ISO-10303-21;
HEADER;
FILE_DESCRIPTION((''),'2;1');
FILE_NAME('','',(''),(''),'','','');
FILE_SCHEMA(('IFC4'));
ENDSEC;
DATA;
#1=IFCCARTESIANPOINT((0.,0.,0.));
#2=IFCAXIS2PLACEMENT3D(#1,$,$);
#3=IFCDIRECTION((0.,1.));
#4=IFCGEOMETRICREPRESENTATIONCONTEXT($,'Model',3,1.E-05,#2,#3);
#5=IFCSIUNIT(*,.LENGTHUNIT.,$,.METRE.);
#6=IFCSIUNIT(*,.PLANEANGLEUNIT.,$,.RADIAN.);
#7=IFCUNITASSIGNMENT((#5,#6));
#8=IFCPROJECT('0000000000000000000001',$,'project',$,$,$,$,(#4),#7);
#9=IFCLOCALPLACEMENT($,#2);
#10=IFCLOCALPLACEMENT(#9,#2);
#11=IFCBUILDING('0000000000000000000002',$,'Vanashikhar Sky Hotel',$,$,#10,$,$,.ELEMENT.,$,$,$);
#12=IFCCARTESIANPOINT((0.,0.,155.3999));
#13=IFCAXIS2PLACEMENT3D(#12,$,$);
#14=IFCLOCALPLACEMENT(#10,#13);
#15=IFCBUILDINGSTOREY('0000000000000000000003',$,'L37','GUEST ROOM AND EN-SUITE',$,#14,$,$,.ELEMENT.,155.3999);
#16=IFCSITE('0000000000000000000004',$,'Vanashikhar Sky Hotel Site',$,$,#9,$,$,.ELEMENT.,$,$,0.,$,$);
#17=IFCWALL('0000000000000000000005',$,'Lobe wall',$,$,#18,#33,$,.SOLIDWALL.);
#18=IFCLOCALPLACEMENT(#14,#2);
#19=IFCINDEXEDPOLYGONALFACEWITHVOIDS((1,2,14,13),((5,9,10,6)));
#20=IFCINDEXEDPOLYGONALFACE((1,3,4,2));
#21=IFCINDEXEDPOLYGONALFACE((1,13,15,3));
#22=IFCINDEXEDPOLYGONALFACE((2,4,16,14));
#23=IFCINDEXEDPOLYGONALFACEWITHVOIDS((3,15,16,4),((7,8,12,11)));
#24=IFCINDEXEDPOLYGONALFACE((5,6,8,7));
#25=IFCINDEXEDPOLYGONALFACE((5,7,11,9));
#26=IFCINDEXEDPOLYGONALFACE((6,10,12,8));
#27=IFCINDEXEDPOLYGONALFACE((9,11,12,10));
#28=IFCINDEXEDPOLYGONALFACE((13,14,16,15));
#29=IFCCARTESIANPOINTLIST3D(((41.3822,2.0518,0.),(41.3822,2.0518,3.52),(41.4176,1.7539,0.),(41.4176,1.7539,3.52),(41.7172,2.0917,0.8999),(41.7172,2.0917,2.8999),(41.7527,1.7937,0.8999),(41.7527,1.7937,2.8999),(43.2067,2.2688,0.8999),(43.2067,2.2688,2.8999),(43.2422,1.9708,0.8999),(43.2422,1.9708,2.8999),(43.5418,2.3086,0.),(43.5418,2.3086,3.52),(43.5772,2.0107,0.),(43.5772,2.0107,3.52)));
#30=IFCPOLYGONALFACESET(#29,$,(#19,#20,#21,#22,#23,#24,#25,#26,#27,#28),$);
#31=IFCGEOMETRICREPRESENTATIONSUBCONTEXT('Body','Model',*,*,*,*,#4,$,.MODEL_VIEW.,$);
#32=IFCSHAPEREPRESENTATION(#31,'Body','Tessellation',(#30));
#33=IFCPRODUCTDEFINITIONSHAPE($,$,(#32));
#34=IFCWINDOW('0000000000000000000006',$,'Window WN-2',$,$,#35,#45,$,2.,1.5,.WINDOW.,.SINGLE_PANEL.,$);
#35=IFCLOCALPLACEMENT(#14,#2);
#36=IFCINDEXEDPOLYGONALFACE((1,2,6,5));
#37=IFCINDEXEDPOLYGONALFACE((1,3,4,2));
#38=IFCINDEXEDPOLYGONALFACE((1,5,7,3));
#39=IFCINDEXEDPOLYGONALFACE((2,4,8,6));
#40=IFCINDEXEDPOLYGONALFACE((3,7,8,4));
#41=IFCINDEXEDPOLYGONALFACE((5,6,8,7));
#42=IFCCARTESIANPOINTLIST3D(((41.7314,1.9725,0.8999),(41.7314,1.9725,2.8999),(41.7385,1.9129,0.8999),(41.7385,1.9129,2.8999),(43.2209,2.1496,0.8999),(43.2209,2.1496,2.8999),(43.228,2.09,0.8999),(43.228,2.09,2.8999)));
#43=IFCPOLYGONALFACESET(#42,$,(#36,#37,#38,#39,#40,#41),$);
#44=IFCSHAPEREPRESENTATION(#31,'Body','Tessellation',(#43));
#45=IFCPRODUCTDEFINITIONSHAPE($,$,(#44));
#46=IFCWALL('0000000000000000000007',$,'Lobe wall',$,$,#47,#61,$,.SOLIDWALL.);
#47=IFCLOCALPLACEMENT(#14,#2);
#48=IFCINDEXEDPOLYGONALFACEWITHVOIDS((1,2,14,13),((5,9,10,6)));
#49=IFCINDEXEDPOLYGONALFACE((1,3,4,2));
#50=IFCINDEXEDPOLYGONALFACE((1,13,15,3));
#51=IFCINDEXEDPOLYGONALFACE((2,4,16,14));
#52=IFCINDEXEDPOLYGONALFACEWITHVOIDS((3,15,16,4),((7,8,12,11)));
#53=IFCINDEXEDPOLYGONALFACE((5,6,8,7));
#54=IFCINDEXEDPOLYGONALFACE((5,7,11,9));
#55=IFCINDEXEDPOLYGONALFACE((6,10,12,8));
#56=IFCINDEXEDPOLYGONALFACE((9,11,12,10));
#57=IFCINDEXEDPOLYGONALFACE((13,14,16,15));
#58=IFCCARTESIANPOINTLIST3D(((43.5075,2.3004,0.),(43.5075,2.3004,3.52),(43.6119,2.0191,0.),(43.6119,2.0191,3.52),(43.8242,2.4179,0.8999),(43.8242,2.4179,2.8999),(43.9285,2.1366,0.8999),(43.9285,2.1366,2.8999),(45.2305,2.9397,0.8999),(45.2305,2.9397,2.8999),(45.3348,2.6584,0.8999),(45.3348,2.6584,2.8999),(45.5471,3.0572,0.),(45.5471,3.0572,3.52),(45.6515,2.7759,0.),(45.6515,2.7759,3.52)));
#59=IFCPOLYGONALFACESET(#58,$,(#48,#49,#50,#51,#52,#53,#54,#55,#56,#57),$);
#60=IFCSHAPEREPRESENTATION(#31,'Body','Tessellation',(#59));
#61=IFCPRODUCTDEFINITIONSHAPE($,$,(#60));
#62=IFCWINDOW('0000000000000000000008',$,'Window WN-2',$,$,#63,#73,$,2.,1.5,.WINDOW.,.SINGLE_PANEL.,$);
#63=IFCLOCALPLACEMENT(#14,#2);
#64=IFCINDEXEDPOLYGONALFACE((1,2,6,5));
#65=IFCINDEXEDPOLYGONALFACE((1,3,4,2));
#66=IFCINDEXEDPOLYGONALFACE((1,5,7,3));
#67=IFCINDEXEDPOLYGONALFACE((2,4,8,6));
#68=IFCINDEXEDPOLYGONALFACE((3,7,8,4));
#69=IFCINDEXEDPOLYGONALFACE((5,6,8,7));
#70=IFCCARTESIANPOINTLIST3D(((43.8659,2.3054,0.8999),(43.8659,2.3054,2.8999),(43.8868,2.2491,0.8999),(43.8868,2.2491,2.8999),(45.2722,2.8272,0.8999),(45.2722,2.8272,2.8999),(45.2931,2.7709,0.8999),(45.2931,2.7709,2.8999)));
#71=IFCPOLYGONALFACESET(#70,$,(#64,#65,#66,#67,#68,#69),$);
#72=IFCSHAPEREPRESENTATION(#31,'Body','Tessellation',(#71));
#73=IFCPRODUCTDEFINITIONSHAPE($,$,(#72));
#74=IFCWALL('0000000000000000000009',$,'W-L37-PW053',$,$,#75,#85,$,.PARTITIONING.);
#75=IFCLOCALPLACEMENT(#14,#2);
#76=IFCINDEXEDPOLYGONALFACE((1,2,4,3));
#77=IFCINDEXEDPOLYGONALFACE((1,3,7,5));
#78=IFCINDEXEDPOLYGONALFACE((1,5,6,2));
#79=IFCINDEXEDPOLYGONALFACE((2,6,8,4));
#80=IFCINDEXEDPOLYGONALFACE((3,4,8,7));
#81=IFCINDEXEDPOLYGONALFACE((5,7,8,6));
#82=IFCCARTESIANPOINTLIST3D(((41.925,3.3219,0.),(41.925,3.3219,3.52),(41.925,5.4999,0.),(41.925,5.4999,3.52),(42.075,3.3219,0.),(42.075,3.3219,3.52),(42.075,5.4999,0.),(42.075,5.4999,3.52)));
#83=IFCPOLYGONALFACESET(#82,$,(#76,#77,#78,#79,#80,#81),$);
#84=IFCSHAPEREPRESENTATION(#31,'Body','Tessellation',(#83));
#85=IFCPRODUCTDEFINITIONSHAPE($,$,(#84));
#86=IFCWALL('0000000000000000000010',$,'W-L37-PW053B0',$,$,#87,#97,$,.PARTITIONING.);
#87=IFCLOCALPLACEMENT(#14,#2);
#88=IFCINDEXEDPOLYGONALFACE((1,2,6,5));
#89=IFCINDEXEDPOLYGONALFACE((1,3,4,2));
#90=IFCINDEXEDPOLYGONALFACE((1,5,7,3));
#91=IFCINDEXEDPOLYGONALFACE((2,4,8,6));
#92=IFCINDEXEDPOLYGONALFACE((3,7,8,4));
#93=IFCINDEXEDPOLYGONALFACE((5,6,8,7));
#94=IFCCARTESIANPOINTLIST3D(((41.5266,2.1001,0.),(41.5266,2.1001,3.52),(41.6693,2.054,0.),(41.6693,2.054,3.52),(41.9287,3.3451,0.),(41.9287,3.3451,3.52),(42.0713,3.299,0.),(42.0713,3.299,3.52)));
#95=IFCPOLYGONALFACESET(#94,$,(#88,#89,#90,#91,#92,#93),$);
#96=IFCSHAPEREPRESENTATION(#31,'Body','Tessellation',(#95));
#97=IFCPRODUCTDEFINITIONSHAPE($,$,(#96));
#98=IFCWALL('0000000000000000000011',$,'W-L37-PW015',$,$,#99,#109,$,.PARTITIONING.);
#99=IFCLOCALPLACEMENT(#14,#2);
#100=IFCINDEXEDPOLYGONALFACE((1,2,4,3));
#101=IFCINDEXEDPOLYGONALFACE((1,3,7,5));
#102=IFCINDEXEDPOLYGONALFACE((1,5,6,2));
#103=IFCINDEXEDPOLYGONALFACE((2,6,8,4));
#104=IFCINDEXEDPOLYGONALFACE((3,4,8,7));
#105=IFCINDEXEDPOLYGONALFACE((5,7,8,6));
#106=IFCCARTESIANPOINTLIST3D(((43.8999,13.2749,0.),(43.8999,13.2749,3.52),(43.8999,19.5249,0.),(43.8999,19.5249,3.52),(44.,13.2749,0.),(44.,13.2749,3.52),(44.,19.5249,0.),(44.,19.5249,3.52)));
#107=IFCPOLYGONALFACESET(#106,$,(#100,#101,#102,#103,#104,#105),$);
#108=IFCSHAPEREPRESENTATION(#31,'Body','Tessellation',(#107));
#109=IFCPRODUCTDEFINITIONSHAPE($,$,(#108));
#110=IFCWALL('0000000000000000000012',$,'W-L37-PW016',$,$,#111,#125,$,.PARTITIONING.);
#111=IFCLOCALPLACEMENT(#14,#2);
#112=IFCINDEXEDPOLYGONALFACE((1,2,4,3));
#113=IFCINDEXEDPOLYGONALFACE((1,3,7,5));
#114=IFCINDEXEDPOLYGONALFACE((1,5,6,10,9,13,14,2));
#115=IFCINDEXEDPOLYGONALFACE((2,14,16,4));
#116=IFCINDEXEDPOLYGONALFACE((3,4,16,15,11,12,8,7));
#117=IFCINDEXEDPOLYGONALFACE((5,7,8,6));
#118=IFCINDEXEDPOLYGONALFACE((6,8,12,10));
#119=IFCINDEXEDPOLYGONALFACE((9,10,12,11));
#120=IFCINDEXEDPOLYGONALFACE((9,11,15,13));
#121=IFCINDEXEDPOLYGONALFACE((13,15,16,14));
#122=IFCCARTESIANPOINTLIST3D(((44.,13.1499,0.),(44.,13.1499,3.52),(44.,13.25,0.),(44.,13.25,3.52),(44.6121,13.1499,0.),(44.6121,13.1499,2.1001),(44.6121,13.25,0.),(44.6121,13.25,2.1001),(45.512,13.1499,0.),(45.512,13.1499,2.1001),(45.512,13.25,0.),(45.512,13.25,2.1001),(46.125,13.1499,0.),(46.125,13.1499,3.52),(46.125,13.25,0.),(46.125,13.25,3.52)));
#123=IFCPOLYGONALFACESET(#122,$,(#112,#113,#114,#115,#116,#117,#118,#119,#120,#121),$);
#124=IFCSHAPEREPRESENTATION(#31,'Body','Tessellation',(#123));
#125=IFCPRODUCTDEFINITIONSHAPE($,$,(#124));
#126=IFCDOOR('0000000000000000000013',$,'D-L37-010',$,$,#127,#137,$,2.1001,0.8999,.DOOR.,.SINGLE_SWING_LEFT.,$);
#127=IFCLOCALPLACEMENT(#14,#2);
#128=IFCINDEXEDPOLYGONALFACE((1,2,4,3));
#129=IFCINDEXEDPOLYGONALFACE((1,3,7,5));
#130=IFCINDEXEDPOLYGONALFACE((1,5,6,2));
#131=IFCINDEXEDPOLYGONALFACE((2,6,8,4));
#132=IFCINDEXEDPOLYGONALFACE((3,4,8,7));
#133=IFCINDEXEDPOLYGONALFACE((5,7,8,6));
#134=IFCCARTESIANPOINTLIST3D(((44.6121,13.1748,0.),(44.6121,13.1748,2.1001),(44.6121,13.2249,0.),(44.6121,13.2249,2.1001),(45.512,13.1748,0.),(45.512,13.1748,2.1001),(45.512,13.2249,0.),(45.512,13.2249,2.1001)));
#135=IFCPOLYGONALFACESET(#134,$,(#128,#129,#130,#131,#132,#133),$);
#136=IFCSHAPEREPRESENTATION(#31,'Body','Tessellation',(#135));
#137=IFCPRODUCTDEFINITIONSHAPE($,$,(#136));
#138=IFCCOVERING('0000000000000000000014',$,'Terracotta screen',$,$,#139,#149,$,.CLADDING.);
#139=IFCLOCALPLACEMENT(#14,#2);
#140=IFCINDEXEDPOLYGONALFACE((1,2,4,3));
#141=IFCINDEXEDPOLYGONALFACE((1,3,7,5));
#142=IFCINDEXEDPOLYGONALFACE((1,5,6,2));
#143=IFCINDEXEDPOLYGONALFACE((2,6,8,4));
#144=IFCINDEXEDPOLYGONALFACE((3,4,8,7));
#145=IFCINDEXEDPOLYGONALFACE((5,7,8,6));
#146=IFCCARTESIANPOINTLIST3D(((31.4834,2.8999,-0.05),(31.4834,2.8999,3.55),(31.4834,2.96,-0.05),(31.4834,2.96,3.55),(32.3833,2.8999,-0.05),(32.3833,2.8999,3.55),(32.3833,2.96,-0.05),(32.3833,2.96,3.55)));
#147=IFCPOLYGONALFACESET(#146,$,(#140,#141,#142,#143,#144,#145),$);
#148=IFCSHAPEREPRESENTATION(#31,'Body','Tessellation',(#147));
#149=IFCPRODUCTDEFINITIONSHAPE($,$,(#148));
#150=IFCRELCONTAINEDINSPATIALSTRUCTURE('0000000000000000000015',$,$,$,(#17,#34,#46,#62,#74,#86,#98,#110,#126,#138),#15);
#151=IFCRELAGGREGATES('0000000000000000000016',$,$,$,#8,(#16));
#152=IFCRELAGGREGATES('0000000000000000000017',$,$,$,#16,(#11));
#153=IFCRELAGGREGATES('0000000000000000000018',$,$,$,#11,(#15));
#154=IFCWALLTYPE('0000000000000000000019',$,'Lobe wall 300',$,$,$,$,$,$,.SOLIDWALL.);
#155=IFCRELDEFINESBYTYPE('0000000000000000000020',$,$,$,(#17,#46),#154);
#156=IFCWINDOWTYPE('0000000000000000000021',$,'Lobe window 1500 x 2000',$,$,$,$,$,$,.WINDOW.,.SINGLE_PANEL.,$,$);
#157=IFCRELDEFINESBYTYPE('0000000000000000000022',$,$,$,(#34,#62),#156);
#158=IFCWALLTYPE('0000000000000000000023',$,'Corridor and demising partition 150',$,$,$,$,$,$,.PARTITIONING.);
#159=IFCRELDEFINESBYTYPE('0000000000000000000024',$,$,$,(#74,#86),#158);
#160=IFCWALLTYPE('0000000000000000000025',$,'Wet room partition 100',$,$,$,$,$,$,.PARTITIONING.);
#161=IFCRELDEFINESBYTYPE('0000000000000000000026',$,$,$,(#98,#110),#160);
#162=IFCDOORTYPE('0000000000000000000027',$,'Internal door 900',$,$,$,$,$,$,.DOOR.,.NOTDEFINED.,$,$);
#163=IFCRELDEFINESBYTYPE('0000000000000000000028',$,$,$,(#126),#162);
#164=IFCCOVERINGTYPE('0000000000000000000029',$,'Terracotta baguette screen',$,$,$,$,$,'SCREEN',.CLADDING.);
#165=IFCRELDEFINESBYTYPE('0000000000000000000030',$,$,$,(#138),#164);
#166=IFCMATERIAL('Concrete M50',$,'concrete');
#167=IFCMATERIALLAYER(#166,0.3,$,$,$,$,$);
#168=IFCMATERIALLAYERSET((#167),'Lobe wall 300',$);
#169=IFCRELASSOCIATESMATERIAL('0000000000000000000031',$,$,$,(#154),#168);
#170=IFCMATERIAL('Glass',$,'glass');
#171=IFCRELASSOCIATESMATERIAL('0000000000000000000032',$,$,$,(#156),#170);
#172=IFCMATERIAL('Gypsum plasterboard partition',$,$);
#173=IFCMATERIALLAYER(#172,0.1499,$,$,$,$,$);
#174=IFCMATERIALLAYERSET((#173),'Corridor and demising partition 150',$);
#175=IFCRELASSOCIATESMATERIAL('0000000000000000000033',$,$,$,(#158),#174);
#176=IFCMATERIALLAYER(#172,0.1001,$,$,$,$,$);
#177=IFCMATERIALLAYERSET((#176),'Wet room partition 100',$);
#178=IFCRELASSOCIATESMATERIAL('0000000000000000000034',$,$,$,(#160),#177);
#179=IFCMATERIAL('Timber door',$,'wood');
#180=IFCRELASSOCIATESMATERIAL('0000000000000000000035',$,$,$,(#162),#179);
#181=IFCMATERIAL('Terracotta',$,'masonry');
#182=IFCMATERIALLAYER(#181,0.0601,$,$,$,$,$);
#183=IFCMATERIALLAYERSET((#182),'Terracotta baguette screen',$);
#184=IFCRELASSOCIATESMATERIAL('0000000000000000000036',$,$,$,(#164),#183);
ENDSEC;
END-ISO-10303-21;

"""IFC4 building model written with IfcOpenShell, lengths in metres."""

from ifc_helpers import new_model, si_unit, direction, frame, frame_2d, origin, origin_2d, place, context, subcontext, project, spatial, rectangle, extrude, source, transform, mapped, material, layer, layer_set, type_object, element, fill, save


model = new_model("IFC4")

# Units and contexts
model_context = context("Model", 3, precision=1e-05, world=origin(), true_north=direction((0.0, 1.0)))
body_context = subcontext(model_context, "Body", "Model", "MODEL_VIEW")
ifc_project = project(units=[si_unit("LENGTHUNIT", "METRE"), si_unit("PLANEANGLEUNIT", "RADIAN")], contexts=[model_context])

# Site, building, storey
site_placement = place(None, origin())
site = spatial("IfcSite", under=ifc_project, at=site_placement, Name="Vanashikhar Sky Hotel Site", CompositionType="ELEMENT", RefElevation=0.0)
building_placement = place(site_placement, origin())
building = spatial("IfcBuilding", under=site, at=building_placement, Name="Vanashikhar Sky Hotel", CompositionType="ELEMENT")
storey_placement = place(building_placement, frame((0.0, 0.0, 155.3999)))
storey = spatial("IfcBuildingStorey", under=building, at=storey_placement, Name="L37", Description="GUEST ROOM AND EN-SUITE", CompositionType="ELEMENT", Elevation=155.3999)

# Shared definitions
ifc_material_1 = material(Name="Concrete M50", Category="concrete")

# Walls, openings, windows
ifc_layer_1 = layer(ifc_material_1, 0.3)
ifc_layer_set_1 = layer_set([ifc_layer_1], Name="Lobe wall 300")
wall_type_1 = type_object("IfcWallType", Name="Lobe wall 300", PredefinedType="SOLIDWALL", material=ifc_layer_set_1)
shared_shape_1 = source(origin(), body_context, "Body", "SweptSolid", [
    extrude(rectangle(XDim=1.5, YDim=2.0, at=frame_2d((0.75, 1.0))), frame((0.0, 0.1602, 0.0), z_axis=(0.0, -1.0, 0.0), x_axis=(1.0, 0.0, 0.0)), (0.0, 0.0, 1.0), 0.3201),
])
ifc_material_2 = material(Name="Glass", Category="glass")
window_type = type_object("IfcWindowType", Name="Lobe window 1500 x 2000", PartitioningType="SINGLE_PANEL", PredefinedType="WINDOW", material=ifc_material_2)
shared_shape_2 = source(origin(), body_context, "Body", "SweptSolid", [
    extrude(rectangle(XDim=1.5, YDim=2.0, at=frame_2d((0.75, 1.0))), frame((0.0, 0.03, 0.0), z_axis=(0.0, -1.0, 0.0), x_axis=(1.0, 0.0, 0.0)), (0.0, 0.0, 1.0), 0.0601),
])
shared_shape_3 = source(origin(), body_context, "Body", "SweptSolid", [
    extrude(rectangle(XDim=2.1748, YDim=0.3, at=frame_2d((1.0874, 0.0))), origin(), (0.0, 0.0, 1.0), 3.52),
])
wall_1_placement = place(storey_placement, frame((41.3999, 1.9028, 0.0), z_axis=(0.0, 0.0, 1.0), x_axis=(0.993003, 0.118092, 0.0)))
wall_1 = element("IfcWall", 1, at=wall_1_placement, inside=storey, type_object=wall_type_1, Name="Lobe wall", PredefinedType="SOLIDWALL", context=body_context, shape_type="MappedRepresentation", body=[
    mapped(shared_shape_3, transform((0.0, 0.0, 0.0), scale=1.0)),
])
opening_1_placement = place(wall_1_placement, frame((0.3374, 0.0, 0.8999)))
opening_1 = element("IfcOpeningElement", 2, at=opening_1_placement, cuts=wall_1, PredefinedType="OPENING", context=body_context, shape_type="MappedRepresentation", body=[
    mapped(shared_shape_1, transform((0.0, 0.0, 0.0), scale=1.0)),
])
window_1_placement = place(opening_1_placement, origin())
window_1 = element("IfcWindow", 3, at=window_1_placement, inside=storey, type_object=window_type, Name="Window WN-2", OverallHeight=2.0, OverallWidth=1.5, PartitioningType="SINGLE_PANEL", PredefinedType="WINDOW", context=body_context, shape_type="MappedRepresentation", body=[
    mapped(shared_shape_2, transform((0.0, 0.0, 0.0), scale=1.0)),
])
fill(opening_1, window_1)
shared_shape_4 = source(origin(), body_context, "Body", "SweptSolid", [
    extrude(rectangle(XDim=2.1755, YDim=0.3, at=frame_2d((1.0879, 0.0))), origin(), (0.0, 0.0, 1.0), 3.52),
])
wall_2_placement = place(storey_placement, frame((43.5596, 2.1597, 0.0), z_axis=(0.0, 0.0, 1.0), x_axis=(0.937532, 0.347899, 0.0)))
wall_2 = element("IfcWall", 4, at=wall_2_placement, inside=storey, type_object=wall_type_1, Name="Lobe wall", PredefinedType="SOLIDWALL", context=body_context, shape_type="MappedRepresentation", body=[
    mapped(shared_shape_4, transform((0.0, 0.0, 0.0), scale=1.0)),
])
opening_2_placement = place(wall_2_placement, frame((0.3379, 0.0, 0.8999)))
opening_2 = element("IfcOpeningElement", 5, at=opening_2_placement, cuts=wall_2, PredefinedType="OPENING", context=body_context, shape_type="MappedRepresentation", body=[
    mapped(shared_shape_1, transform((0.0, 0.0, 0.0), scale=1.0)),
])
window_2_placement = place(opening_2_placement, origin())
window_2 = element("IfcWindow", 6, at=window_2_placement, inside=storey, type_object=window_type, Name="Window WN-2", OverallHeight=2.0, OverallWidth=1.5, PartitioningType="SINGLE_PANEL", PredefinedType="WINDOW", context=body_context, shape_type="MappedRepresentation", body=[
    mapped(shared_shape_2, transform((0.0, 0.0, 0.0), scale=1.0)),
])
fill(opening_2, window_2)

# Walls
ifc_material_3 = material(Name="Gypsum plasterboard partition")
ifc_layer_2 = layer(ifc_material_3, 0.1499)
ifc_layer_set_2 = layer_set([ifc_layer_2], Name="Corridor and demising partition 150")
wall_type_2 = type_object("IfcWallType", Name="Corridor and demising partition 150", PredefinedType="PARTITIONING", material=ifc_layer_set_2)
shared_shape_5 = source(origin(), body_context, "Body", "SweptSolid", [
    extrude(rectangle(XDim=2.178, YDim=0.1499, at=frame_2d((1.0889, 0.0))), origin(), (0.0, 0.0, 1.0), 3.52),
])
wall_3_placement = place(storey_placement, frame((42.0, 3.322, 0.0), z_axis=(0.0, 0.0, 1.0), x_axis=(0.0, 1.0, 0.0)))
element("IfcWall", 7, at=wall_3_placement, inside=storey, type_object=wall_type_2, Name="W-L37-PW053", PredefinedType="PARTITIONING", context=body_context, shape_type="MappedRepresentation", body=[
    mapped(shared_shape_5, transform((0.0, 0.0, 0.0), scale=1.0)),
])
shared_shape_6 = source(origin(), body_context, "Body", "SweptSolid", [
    extrude(rectangle(XDim=1.3083, YDim=0.1499, at=frame_2d((0.6543, 0.0))), origin(), (0.0, 0.0, 1.0), 3.52),
])
wall_4_placement = place(storey_placement, frame((41.5979, 2.0769, 0.0), z_axis=(0.0, 0.0, 1.0), x_axis=(0.307314, 0.951608, 0.0)))
element("IfcWall", 8, at=wall_4_placement, inside=storey, type_object=wall_type_2, Name="W-L37-PW053B0", PredefinedType="PARTITIONING", context=body_context, shape_type="MappedRepresentation", body=[
    mapped(shared_shape_6, transform((0.0, 0.0, 0.0), scale=1.0)),
])
ifc_layer_3 = layer(ifc_material_3, 0.1001)
ifc_layer_set_3 = layer_set([ifc_layer_3], Name="Wet room partition 100")
wall_type_3 = type_object("IfcWallType", Name="Wet room partition 100", PredefinedType="PARTITIONING", material=ifc_layer_set_3)
shared_shape_7 = source(origin(), body_context, "Body", "SweptSolid", [
    extrude(rectangle(XDim=6.25, YDim=0.1001, at=frame_2d((3.125, 0.0))), origin(), (0.0, 0.0, 1.0), 3.52),
])
wall_5_placement = place(storey_placement, frame((43.95, 13.2749, 0.0), z_axis=(0.0, 0.0, 1.0), x_axis=(0.0, 1.0, 0.0)))
element("IfcWall", 9, at=wall_5_placement, inside=storey, type_object=wall_type_3, Name="W-L37-PW015", PredefinedType="PARTITIONING", context=body_context, shape_type="MappedRepresentation", body=[
    mapped(shared_shape_7, transform((0.0, 0.0, 0.0), scale=1.0)),
])

# Wall, opening, door
shared_shape_8 = source(origin(), body_context, "Body", "SweptSolid", [
    extrude(rectangle(XDim=2.125, YDim=0.1001, at=frame_2d((1.0625, 0.0))), origin(), (0.0, 0.0, 1.0), 3.52),
])
wall_6_placement = place(storey_placement, frame((44.0, 13.2, 0.0), z_axis=(0.0, 0.0, 1.0), x_axis=(1.0, 0.0, 0.0)))
wall_6 = element("IfcWall", 10, at=wall_6_placement, inside=storey, type_object=wall_type_3, Name="W-L37-PW016", PredefinedType="PARTITIONING", context=body_context, shape_type="MappedRepresentation", body=[
    mapped(shared_shape_8, transform((0.0, 0.0, 0.0), scale=1.0)),
])
shared_shape_9 = source(origin(), body_context, "Body", "SweptSolid", [
    extrude(rectangle(XDim=0.8999, YDim=2.1001, at=frame_2d((0.45, 1.05))), frame((0.0, 0.0601, 0.0), z_axis=(0.0, -1.0, 0.0), x_axis=(1.0, 0.0, 0.0)), (0.0, 0.0, 1.0), 0.1201),
])
opening_3_placement = place(wall_6_placement, frame((0.6121, 0.0, 0.0)))
opening_3 = element("IfcOpeningElement", 11, at=opening_3_placement, cuts=wall_6, PredefinedType="OPENING", context=body_context, shape_type="MappedRepresentation", body=[
    mapped(shared_shape_9, transform((0.0, 0.0, 0.0), scale=1.0)),
])
ifc_material_4 = material(Name="Timber door", Category="wood")
door_type = type_object("IfcDoorType", Name="Internal door 900", OperationType="NOTDEFINED", PredefinedType="DOOR", material=ifc_material_4)
shared_shape_10 = source(origin(), body_context, "Body", "SweptSolid", [
    extrude(rectangle(XDim=0.8999, YDim=2.1001, at=frame_2d((0.45, 1.05))), frame((0.0, 0.0249, 0.0), z_axis=(0.0, -1.0, 0.0), x_axis=(1.0, 0.0, 0.0)), (0.0, 0.0, 1.0), 0.05),
])
door_placement = place(opening_3_placement, origin())
door = element("IfcDoor", 12, at=door_placement, inside=storey, type_object=door_type, Name="D-L37-010", OperationType="SINGLE_SWING_LEFT", OverallHeight=2.1001, OverallWidth=0.8999, PredefinedType="DOOR", context=body_context, shape_type="MappedRepresentation", body=[
    mapped(shared_shape_10, transform((0.0, 0.0, 0.0), scale=1.0)),
])
fill(opening_3, door)

# Covering
ifc_material_5 = material(Name="Terracotta", Category="masonry")
ifc_layer_4 = layer(ifc_material_5, 0.0601)
ifc_layer_set_4 = layer_set([ifc_layer_4], Name="Terracotta baguette screen")
covering_type_1 = type_object("IfcCoveringType", Name="Terracotta baguette screen", ElementType="SCREEN", PredefinedType="CLADDING", material=ifc_layer_set_4)
shared_shape_11 = source(origin(), body_context, "Body", "SweptSolid", [
    extrude(rectangle(XDim=0.8999, YDim=0.0601, at=origin_2d()), origin(), (0.0, 0.0, 1.0), 3.6001),
])
covering_placement = place(storey_placement, frame((31.9333, 2.9299, -0.05), z_axis=(0.0, 0.0, 1.0), x_axis=(1.0, 0.0, 0.0)))
element("IfcCovering", 13, at=covering_placement, inside=storey, type_object=covering_type_1, Name="Terracotta screen", PredefinedType="CLADDING", context=body_context, shape_type="MappedRepresentation", body=[
    mapped(shared_shape_11, transform((0.0, 0.0, 0.0), scale=1.0)),
])

save(model, "model.ifc")
